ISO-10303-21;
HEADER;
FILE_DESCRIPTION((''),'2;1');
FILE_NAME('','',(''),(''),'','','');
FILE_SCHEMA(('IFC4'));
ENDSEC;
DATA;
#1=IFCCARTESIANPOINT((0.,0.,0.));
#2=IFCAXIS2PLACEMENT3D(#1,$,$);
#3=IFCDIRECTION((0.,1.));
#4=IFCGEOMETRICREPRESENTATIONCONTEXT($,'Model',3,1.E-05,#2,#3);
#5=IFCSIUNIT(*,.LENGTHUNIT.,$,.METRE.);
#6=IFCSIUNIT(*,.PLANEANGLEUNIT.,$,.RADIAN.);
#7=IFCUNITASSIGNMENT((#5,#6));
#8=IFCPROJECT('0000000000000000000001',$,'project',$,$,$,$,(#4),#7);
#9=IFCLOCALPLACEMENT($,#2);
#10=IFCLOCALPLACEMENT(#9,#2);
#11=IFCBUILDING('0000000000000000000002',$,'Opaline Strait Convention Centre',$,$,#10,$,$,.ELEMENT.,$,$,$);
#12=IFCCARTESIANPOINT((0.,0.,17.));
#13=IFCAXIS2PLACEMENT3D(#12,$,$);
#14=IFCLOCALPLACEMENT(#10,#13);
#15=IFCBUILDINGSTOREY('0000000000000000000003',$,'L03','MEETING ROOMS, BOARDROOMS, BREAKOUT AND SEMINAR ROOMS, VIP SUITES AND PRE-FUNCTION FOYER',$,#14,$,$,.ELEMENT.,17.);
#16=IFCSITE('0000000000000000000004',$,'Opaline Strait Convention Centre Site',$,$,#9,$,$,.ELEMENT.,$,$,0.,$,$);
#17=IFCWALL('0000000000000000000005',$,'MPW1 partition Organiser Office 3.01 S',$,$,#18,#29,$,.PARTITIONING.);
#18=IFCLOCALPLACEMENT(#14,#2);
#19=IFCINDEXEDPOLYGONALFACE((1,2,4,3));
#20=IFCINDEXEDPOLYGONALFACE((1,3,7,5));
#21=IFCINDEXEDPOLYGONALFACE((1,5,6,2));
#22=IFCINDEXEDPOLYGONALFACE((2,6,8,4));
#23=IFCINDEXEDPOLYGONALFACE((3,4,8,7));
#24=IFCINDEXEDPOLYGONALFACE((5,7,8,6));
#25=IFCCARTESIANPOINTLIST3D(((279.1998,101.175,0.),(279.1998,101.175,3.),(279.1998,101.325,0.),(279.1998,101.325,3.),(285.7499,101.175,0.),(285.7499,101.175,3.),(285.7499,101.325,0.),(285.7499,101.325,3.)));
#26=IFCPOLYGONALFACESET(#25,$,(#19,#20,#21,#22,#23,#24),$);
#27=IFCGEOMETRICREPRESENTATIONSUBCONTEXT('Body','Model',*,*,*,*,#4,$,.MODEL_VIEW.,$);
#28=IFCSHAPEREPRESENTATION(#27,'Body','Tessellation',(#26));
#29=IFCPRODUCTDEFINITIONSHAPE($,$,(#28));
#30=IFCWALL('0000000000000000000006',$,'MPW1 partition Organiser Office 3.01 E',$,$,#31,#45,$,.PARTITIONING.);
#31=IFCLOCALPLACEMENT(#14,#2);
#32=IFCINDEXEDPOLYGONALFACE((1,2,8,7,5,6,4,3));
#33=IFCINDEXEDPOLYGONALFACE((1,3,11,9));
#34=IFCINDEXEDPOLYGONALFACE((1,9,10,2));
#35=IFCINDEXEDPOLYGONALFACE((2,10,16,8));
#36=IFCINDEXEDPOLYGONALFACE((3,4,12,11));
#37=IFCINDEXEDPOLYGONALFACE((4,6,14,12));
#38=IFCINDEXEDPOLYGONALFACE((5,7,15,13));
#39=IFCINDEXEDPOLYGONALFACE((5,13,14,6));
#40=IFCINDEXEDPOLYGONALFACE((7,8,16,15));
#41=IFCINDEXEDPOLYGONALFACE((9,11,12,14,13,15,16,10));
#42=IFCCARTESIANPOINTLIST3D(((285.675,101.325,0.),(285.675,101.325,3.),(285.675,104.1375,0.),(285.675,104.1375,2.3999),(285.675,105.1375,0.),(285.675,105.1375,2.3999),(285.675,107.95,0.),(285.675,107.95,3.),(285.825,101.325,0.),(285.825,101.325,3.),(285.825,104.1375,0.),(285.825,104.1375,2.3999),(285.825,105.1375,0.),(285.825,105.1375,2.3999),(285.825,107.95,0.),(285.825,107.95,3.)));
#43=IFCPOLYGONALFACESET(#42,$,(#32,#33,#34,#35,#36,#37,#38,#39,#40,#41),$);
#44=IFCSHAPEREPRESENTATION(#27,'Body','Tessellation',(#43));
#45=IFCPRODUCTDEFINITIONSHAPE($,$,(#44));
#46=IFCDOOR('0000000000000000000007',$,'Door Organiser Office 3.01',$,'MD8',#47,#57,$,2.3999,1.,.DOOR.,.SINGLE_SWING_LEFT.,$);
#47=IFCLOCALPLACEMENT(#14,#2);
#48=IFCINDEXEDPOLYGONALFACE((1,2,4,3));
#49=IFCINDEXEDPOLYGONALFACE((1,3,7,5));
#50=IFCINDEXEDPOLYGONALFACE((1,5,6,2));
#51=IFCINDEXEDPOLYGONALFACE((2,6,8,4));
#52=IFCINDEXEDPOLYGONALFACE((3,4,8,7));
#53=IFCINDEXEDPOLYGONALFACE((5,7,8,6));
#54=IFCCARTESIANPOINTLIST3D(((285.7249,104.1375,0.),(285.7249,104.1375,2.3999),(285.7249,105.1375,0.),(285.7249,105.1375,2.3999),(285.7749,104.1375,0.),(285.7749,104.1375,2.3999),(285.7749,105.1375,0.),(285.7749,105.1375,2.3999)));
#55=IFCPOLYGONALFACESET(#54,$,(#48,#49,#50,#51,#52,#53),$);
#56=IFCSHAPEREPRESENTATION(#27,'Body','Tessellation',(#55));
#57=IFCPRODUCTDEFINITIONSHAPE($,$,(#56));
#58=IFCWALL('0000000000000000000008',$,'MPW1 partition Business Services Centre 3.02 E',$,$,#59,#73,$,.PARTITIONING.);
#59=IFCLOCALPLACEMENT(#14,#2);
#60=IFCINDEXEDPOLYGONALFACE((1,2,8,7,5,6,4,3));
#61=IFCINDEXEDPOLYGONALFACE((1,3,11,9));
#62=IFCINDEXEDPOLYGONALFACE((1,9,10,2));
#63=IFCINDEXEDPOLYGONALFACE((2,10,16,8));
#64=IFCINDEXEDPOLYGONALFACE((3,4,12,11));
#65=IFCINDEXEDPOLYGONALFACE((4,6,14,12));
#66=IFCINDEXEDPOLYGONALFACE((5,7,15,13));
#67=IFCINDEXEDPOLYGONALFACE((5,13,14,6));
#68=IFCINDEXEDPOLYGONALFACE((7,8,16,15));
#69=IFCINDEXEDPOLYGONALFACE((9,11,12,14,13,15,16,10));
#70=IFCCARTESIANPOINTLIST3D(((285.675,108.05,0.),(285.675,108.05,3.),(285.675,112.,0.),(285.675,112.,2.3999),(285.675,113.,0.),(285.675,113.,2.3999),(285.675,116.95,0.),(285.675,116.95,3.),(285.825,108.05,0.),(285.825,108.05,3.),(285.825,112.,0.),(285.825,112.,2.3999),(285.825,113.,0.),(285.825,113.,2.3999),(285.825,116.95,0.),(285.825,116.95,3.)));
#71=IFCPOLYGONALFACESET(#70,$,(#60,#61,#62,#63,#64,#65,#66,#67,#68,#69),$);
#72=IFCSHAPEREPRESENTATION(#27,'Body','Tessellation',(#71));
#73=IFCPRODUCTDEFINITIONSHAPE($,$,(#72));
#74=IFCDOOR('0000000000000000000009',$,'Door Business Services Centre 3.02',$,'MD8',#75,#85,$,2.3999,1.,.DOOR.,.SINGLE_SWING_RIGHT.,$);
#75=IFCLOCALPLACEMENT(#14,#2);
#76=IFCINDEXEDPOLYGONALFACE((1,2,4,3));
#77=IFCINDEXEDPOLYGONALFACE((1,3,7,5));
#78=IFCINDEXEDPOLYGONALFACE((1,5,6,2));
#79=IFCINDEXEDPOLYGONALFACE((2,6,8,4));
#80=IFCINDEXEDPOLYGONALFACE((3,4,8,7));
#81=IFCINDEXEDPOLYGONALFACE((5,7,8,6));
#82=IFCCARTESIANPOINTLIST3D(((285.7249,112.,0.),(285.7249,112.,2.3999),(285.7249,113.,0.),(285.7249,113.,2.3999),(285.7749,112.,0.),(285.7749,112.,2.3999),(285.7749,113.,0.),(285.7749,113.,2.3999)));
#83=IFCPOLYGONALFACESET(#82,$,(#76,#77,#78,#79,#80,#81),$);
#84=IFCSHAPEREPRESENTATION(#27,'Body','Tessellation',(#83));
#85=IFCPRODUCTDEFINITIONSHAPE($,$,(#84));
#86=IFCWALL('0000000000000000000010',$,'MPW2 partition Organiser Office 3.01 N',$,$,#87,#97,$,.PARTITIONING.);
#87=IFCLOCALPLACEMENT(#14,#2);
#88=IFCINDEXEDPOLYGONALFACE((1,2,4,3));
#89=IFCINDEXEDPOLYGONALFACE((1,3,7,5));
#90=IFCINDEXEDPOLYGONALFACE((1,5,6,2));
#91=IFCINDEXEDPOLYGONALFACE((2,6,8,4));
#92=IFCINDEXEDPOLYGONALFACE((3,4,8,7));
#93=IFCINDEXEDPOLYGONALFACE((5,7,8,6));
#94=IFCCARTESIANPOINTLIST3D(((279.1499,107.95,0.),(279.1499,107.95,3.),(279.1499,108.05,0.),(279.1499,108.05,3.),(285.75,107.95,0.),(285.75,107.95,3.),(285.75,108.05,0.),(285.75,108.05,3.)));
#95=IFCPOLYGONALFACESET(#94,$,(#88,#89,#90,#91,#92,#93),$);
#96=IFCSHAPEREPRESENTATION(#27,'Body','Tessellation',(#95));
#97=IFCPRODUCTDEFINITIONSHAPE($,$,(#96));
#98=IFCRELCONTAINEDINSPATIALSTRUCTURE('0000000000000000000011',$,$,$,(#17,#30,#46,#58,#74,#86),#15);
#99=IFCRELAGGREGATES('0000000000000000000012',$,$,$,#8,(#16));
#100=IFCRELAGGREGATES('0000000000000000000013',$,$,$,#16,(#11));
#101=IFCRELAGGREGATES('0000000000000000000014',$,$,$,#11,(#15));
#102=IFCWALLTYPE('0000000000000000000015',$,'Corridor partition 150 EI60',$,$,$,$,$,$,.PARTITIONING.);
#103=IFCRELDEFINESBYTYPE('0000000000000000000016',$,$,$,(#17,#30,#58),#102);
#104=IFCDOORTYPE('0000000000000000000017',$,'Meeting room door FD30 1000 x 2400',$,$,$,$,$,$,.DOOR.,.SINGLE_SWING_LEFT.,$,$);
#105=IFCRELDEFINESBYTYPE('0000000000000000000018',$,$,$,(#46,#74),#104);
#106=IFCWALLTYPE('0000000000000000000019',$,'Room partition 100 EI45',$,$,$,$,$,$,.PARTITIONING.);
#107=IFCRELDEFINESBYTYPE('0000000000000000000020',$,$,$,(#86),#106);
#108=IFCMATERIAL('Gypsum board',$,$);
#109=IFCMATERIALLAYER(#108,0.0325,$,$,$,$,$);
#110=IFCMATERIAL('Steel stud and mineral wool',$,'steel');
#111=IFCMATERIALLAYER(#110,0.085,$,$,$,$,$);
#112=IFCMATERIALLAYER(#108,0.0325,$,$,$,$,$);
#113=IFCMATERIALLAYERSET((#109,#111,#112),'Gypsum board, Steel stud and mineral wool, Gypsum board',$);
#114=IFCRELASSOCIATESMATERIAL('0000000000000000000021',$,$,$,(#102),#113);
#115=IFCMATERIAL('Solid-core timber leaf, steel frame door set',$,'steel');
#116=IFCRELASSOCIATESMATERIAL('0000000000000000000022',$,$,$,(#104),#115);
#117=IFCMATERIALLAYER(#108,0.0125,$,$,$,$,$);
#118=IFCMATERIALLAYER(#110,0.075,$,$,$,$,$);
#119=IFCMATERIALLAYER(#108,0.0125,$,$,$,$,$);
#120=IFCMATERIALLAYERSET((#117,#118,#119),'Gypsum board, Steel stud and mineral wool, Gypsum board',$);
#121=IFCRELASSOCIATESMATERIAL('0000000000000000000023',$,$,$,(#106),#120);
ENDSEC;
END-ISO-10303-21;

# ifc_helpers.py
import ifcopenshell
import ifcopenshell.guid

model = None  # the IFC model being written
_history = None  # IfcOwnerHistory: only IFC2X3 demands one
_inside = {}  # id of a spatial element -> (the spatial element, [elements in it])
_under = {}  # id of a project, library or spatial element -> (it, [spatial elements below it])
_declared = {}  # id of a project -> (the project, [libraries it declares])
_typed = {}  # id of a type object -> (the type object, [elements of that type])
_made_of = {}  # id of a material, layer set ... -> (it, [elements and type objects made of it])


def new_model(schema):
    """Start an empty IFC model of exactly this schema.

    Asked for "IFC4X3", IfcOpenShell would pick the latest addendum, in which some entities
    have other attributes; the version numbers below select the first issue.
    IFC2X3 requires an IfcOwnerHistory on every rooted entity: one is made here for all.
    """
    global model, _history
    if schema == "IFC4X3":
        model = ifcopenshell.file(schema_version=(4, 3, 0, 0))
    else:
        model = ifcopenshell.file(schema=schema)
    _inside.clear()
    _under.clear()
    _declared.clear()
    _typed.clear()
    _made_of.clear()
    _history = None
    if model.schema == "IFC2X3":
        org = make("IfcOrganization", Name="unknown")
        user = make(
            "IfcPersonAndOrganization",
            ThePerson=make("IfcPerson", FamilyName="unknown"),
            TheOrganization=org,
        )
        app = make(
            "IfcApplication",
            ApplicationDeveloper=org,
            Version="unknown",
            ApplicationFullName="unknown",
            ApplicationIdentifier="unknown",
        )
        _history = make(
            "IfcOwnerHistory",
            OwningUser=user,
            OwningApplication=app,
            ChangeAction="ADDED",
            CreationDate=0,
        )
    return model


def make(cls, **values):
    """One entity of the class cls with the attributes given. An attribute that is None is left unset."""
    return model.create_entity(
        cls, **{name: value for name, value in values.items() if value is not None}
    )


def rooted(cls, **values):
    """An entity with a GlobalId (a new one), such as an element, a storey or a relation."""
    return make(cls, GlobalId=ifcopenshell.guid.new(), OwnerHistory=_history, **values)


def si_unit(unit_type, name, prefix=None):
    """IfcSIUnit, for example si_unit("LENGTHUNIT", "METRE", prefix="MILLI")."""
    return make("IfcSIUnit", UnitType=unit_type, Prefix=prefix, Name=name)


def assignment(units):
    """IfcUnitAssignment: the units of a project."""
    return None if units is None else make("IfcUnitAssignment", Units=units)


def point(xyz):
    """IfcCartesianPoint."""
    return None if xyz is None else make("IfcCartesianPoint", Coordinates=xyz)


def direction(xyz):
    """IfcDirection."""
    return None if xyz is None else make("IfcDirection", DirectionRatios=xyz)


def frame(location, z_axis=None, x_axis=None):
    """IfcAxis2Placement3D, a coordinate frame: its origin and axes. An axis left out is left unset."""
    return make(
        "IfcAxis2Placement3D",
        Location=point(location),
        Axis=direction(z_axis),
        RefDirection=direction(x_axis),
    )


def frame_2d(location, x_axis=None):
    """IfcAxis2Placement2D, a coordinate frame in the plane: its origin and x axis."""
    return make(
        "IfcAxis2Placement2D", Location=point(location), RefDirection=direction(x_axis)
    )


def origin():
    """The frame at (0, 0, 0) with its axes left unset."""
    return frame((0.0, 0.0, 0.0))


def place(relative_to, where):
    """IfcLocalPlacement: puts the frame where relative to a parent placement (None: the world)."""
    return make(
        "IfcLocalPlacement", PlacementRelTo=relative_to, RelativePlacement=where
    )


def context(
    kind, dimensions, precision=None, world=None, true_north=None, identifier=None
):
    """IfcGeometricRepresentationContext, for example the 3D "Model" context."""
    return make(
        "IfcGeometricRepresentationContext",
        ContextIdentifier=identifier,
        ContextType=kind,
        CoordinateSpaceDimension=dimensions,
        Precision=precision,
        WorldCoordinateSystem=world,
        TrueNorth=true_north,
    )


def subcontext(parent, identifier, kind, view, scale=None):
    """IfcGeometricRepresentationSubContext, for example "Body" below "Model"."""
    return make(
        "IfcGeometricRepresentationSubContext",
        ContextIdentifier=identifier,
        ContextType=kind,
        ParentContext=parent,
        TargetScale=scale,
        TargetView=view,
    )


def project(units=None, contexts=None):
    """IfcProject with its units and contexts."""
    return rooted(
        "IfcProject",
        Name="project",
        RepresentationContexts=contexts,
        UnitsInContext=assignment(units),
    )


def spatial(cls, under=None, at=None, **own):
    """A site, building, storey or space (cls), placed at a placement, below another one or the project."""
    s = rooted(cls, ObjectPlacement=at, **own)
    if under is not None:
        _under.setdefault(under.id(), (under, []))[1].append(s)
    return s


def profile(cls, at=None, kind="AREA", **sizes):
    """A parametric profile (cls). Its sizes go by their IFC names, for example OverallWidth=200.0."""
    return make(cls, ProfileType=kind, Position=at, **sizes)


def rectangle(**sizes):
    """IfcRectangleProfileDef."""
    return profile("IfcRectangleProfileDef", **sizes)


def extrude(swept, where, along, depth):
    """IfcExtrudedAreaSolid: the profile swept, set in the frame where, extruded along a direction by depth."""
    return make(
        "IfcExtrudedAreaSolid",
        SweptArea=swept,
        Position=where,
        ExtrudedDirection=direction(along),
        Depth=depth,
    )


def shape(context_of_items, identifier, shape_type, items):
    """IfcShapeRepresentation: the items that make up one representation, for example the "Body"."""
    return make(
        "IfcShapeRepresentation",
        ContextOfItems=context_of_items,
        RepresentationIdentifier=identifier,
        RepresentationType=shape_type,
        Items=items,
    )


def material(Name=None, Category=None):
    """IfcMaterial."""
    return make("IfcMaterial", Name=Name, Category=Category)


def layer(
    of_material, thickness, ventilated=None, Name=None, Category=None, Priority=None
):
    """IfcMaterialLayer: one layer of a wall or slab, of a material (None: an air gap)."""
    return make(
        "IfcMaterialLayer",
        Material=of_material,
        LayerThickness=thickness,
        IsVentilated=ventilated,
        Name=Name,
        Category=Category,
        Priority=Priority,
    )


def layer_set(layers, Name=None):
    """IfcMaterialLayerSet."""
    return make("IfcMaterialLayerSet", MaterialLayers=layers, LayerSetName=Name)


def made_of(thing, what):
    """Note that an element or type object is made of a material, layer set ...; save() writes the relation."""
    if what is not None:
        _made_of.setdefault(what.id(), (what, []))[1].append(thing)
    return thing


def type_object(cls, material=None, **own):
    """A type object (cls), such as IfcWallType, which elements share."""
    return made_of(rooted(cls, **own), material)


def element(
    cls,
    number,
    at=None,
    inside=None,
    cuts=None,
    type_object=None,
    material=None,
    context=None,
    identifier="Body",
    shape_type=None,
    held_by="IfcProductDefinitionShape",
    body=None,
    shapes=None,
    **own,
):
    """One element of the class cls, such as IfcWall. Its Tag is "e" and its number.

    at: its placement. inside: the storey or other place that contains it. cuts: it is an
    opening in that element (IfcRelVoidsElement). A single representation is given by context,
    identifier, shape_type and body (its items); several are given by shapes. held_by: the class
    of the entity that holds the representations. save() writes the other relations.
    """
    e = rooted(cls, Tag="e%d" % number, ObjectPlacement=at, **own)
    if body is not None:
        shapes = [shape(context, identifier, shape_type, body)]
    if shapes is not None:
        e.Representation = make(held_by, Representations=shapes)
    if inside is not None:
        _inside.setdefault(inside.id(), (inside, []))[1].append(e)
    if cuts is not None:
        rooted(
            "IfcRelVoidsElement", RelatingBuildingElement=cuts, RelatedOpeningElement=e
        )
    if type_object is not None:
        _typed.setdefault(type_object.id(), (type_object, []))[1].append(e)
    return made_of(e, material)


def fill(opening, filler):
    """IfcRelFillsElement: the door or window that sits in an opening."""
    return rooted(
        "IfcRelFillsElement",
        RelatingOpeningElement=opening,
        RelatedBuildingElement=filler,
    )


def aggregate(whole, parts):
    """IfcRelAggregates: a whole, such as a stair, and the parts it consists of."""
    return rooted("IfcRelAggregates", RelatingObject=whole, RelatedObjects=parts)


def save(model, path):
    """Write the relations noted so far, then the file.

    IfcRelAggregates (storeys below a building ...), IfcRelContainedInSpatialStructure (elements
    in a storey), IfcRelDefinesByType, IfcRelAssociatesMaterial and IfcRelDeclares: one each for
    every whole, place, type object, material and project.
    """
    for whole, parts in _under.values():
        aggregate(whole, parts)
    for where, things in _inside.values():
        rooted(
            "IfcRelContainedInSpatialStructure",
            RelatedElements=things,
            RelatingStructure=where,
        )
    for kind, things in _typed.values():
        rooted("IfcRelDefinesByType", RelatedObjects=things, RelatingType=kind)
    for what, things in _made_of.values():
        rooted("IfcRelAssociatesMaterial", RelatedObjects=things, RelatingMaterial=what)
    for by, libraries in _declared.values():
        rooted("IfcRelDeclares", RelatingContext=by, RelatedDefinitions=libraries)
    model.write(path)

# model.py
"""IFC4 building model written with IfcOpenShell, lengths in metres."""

from ifc_helpers import new_model, si_unit, direction, frame, frame_2d, origin, place, context, subcontext, project, spatial, rectangle, extrude, material, layer, layer_set, type_object, element, fill, save


model = new_model("IFC4")

# Units and contexts
model_context = context("Model", 3, precision=1e-05, world=origin(), true_north=direction((0.0, 1.0)))
body_context = subcontext(model_context, "Body", "Model", "MODEL_VIEW")
ifc_project = project(units=[si_unit("LENGTHUNIT", "METRE"), si_unit("PLANEANGLEUNIT", "RADIAN")], contexts=[model_context])

# Site, building, storey
site_placement = place(None, origin())
site = spatial("IfcSite", under=ifc_project, at=site_placement, Name="Opaline Strait Convention Centre Site", CompositionType="ELEMENT", RefElevation=0.0)
building_placement = place(site_placement, origin())
building = spatial("IfcBuilding", under=site, at=building_placement, Name="Opaline Strait Convention Centre", CompositionType="ELEMENT")
storey_placement = place(building_placement, frame((0.0, 0.0, 17.0)))
storey = spatial("IfcBuildingStorey", under=building, at=storey_placement, Name="L03", Description="MEETING ROOMS, BOARDROOMS, BREAKOUT AND SEMINAR ROOMS, VIP SUITES AND PRE-FUNCTION FOYER", CompositionType="ELEMENT", Elevation=17.0)

# Wall
ifc_material_1 = material(Name="Gypsum board")
ifc_layer_1 = layer(ifc_material_1, 0.0325)
ifc_material_2 = material(Name="Steel stud and mineral wool", Category="steel")
ifc_layer_2 = layer(ifc_material_2, 0.085)
ifc_layer_3 = layer(ifc_material_1, 0.0325)
ifc_layer_set_1 = layer_set([ifc_layer_1, ifc_layer_2, ifc_layer_3], Name="Gypsum board, Steel stud and mineral wool, Gypsum board")
wall_type_1 = type_object("IfcWallType", Name="Corridor partition 150 EI60", PredefinedType="PARTITIONING", material=ifc_layer_set_1)
wall_1_placement = place(storey_placement, frame((279.2, 101.25, 0.0), z_axis=(0.0, 0.0, 1.0), x_axis=(1.0, 0.0, 0.0)))
element("IfcWall", 1, at=wall_1_placement, inside=storey, type_object=wall_type_1, Name="MPW1 partition Organiser Office 3.01 S", PredefinedType="PARTITIONING", context=body_context, shape_type="SweptSolid", body=[
    extrude(rectangle(XDim=6.55, YDim=0.1499, at=frame_2d((3.2749, 0.0))), origin(), (0.0, 0.0, 1.0), 3.0),
])

# Walls, openings, doors
wall_2_placement = place(storey_placement, frame((285.75, 101.325, 0.0), z_axis=(0.0, 0.0, 1.0), x_axis=(0.0, 1.0, 0.0)))
wall_2 = element("IfcWall", 2, at=wall_2_placement, inside=storey, type_object=wall_type_1, Name="MPW1 partition Organiser Office 3.01 E", PredefinedType="PARTITIONING", context=body_context, shape_type="SweptSolid", body=[
    extrude(rectangle(XDim=6.625, YDim=0.1499, at=frame_2d((3.3125, 0.0))), origin(), (0.0, 0.0, 1.0), 3.0),
])
opening_1_placement = place(wall_2_placement, frame((2.8125, 0.0, 0.0)))
opening_1 = element("IfcOpeningElement", 3, at=opening_1_placement, cuts=wall_2, PredefinedType="OPENING", context=body_context, shape_type="SweptSolid", body=[
    extrude(rectangle(XDim=1.0, YDim=2.3999, at=frame_2d((0.5, 1.2))), frame((0.0, 0.085, 0.0), z_axis=(0.0, -1.0, 0.0), x_axis=(1.0, 0.0, 0.0)), (0.0, 0.0, 1.0), 0.1699),
])
ifc_material_3 = material(Name="Solid-core timber leaf, steel frame door set", Category="steel")
door_type = type_object("IfcDoorType", Name="Meeting room door FD30 1000 x 2400", OperationType="SINGLE_SWING_LEFT", PredefinedType="DOOR", material=ifc_material_3)
door_1_placement = place(opening_1_placement, frame((1.0, 0.0, 0.0), z_axis=(0.0, 0.0, 1.0), x_axis=(-1.0, 0.0, 0.0)))
door_1 = element("IfcDoor", 4, at=door_1_placement, inside=storey, type_object=door_type, Name="Door Organiser Office 3.01", ObjectType="MD8", OperationType="SINGLE_SWING_LEFT", OverallHeight=2.3999, OverallWidth=1.0, PredefinedType="DOOR", context=body_context, shape_type="SweptSolid", body=[
    extrude(rectangle(XDim=1.0, YDim=2.3999, at=frame_2d((0.5, 1.2))), frame((0.0, 0.0249, 0.0), z_axis=(0.0, -1.0, 0.0), x_axis=(1.0, 0.0, 0.0)), (0.0, 0.0, 1.0), 0.05),
])
fill(opening_1, door_1)
wall_3_placement = place(storey_placement, frame((285.75, 108.05, 0.0), z_axis=(0.0, 0.0, 1.0), x_axis=(0.0, 1.0, 0.0)))
wall_3 = element("IfcWall", 5, at=wall_3_placement, inside=storey, type_object=wall_type_1, Name="MPW1 partition Business Services Centre 3.02 E", PredefinedType="PARTITIONING", context=body_context, shape_type="SweptSolid", body=[
    extrude(rectangle(XDim=8.8999, YDim=0.1499, at=frame_2d((4.45, 0.0))), origin(), (0.0, 0.0, 1.0), 3.0),
])
opening_2_placement = place(wall_3_placement, frame((3.95, 0.0, 0.0)))
opening_2 = element("IfcOpeningElement", 6, at=opening_2_placement, cuts=wall_3, PredefinedType="OPENING", context=body_context, shape_type="SweptSolid", body=[
    extrude(rectangle(XDim=1.0, YDim=2.3999, at=frame_2d((0.5, 1.2))), frame((0.0, 0.085, 0.0), z_axis=(0.0, -1.0, 0.0), x_axis=(1.0, 0.0, 0.0)), (0.0, 0.0, 1.0), 0.1699),
])
door_2_placement = place(opening_2_placement, frame((1.0, 0.0, 0.0), z_axis=(0.0, 0.0, 1.0), x_axis=(-1.0, 0.0, 0.0)))
door_2 = element("IfcDoor", 7, at=door_2_placement, inside=storey, type_object=door_type, Name="Door Business Services Centre 3.02", ObjectType="MD8", OperationType="SINGLE_SWING_RIGHT", OverallHeight=2.3999, OverallWidth=1.0, PredefinedType="DOOR", context=body_context, shape_type="SweptSolid", body=[
    extrude(rectangle(XDim=1.0, YDim=2.3999, at=frame_2d((0.5, 1.2))), frame((0.0, 0.0249, 0.0), z_axis=(0.0, -1.0, 0.0), x_axis=(1.0, 0.0, 0.0)), (0.0, 0.0, 1.0), 0.05),
])
fill(opening_2, door_2)

# Wall
ifc_layer_4 = layer(ifc_material_1, 0.0125)
ifc_layer_5 = layer(ifc_material_2, 0.075)
ifc_layer_6 = layer(ifc_material_1, 0.0125)
ifc_layer_set_2 = layer_set([ifc_layer_4, ifc_layer_5, ifc_layer_6], Name="Gypsum board, Steel stud and mineral wool, Gypsum board")
wall_type_2 = type_object("IfcWallType", Name="Room partition 100 EI45", PredefinedType="PARTITIONING", material=ifc_layer_set_2)
wall_4_placement = place(storey_placement, frame((279.1499, 108.0, 0.0), z_axis=(0.0, 0.0, 1.0), x_axis=(1.0, 0.0, 0.0)))
element("IfcWall", 8, at=wall_4_placement, inside=storey, type_object=wall_type_2, Name="MPW2 partition Organiser Office 3.01 N", PredefinedType="PARTITIONING", context=body_context, shape_type="SweptSolid", body=[
    extrude(rectangle(XDim=6.6001, YDim=0.1001, at=frame_2d((3.3, 0.0))), origin(), (0.0, 0.0, 1.0), 3.0),
])

save(model, "model.ifc")
